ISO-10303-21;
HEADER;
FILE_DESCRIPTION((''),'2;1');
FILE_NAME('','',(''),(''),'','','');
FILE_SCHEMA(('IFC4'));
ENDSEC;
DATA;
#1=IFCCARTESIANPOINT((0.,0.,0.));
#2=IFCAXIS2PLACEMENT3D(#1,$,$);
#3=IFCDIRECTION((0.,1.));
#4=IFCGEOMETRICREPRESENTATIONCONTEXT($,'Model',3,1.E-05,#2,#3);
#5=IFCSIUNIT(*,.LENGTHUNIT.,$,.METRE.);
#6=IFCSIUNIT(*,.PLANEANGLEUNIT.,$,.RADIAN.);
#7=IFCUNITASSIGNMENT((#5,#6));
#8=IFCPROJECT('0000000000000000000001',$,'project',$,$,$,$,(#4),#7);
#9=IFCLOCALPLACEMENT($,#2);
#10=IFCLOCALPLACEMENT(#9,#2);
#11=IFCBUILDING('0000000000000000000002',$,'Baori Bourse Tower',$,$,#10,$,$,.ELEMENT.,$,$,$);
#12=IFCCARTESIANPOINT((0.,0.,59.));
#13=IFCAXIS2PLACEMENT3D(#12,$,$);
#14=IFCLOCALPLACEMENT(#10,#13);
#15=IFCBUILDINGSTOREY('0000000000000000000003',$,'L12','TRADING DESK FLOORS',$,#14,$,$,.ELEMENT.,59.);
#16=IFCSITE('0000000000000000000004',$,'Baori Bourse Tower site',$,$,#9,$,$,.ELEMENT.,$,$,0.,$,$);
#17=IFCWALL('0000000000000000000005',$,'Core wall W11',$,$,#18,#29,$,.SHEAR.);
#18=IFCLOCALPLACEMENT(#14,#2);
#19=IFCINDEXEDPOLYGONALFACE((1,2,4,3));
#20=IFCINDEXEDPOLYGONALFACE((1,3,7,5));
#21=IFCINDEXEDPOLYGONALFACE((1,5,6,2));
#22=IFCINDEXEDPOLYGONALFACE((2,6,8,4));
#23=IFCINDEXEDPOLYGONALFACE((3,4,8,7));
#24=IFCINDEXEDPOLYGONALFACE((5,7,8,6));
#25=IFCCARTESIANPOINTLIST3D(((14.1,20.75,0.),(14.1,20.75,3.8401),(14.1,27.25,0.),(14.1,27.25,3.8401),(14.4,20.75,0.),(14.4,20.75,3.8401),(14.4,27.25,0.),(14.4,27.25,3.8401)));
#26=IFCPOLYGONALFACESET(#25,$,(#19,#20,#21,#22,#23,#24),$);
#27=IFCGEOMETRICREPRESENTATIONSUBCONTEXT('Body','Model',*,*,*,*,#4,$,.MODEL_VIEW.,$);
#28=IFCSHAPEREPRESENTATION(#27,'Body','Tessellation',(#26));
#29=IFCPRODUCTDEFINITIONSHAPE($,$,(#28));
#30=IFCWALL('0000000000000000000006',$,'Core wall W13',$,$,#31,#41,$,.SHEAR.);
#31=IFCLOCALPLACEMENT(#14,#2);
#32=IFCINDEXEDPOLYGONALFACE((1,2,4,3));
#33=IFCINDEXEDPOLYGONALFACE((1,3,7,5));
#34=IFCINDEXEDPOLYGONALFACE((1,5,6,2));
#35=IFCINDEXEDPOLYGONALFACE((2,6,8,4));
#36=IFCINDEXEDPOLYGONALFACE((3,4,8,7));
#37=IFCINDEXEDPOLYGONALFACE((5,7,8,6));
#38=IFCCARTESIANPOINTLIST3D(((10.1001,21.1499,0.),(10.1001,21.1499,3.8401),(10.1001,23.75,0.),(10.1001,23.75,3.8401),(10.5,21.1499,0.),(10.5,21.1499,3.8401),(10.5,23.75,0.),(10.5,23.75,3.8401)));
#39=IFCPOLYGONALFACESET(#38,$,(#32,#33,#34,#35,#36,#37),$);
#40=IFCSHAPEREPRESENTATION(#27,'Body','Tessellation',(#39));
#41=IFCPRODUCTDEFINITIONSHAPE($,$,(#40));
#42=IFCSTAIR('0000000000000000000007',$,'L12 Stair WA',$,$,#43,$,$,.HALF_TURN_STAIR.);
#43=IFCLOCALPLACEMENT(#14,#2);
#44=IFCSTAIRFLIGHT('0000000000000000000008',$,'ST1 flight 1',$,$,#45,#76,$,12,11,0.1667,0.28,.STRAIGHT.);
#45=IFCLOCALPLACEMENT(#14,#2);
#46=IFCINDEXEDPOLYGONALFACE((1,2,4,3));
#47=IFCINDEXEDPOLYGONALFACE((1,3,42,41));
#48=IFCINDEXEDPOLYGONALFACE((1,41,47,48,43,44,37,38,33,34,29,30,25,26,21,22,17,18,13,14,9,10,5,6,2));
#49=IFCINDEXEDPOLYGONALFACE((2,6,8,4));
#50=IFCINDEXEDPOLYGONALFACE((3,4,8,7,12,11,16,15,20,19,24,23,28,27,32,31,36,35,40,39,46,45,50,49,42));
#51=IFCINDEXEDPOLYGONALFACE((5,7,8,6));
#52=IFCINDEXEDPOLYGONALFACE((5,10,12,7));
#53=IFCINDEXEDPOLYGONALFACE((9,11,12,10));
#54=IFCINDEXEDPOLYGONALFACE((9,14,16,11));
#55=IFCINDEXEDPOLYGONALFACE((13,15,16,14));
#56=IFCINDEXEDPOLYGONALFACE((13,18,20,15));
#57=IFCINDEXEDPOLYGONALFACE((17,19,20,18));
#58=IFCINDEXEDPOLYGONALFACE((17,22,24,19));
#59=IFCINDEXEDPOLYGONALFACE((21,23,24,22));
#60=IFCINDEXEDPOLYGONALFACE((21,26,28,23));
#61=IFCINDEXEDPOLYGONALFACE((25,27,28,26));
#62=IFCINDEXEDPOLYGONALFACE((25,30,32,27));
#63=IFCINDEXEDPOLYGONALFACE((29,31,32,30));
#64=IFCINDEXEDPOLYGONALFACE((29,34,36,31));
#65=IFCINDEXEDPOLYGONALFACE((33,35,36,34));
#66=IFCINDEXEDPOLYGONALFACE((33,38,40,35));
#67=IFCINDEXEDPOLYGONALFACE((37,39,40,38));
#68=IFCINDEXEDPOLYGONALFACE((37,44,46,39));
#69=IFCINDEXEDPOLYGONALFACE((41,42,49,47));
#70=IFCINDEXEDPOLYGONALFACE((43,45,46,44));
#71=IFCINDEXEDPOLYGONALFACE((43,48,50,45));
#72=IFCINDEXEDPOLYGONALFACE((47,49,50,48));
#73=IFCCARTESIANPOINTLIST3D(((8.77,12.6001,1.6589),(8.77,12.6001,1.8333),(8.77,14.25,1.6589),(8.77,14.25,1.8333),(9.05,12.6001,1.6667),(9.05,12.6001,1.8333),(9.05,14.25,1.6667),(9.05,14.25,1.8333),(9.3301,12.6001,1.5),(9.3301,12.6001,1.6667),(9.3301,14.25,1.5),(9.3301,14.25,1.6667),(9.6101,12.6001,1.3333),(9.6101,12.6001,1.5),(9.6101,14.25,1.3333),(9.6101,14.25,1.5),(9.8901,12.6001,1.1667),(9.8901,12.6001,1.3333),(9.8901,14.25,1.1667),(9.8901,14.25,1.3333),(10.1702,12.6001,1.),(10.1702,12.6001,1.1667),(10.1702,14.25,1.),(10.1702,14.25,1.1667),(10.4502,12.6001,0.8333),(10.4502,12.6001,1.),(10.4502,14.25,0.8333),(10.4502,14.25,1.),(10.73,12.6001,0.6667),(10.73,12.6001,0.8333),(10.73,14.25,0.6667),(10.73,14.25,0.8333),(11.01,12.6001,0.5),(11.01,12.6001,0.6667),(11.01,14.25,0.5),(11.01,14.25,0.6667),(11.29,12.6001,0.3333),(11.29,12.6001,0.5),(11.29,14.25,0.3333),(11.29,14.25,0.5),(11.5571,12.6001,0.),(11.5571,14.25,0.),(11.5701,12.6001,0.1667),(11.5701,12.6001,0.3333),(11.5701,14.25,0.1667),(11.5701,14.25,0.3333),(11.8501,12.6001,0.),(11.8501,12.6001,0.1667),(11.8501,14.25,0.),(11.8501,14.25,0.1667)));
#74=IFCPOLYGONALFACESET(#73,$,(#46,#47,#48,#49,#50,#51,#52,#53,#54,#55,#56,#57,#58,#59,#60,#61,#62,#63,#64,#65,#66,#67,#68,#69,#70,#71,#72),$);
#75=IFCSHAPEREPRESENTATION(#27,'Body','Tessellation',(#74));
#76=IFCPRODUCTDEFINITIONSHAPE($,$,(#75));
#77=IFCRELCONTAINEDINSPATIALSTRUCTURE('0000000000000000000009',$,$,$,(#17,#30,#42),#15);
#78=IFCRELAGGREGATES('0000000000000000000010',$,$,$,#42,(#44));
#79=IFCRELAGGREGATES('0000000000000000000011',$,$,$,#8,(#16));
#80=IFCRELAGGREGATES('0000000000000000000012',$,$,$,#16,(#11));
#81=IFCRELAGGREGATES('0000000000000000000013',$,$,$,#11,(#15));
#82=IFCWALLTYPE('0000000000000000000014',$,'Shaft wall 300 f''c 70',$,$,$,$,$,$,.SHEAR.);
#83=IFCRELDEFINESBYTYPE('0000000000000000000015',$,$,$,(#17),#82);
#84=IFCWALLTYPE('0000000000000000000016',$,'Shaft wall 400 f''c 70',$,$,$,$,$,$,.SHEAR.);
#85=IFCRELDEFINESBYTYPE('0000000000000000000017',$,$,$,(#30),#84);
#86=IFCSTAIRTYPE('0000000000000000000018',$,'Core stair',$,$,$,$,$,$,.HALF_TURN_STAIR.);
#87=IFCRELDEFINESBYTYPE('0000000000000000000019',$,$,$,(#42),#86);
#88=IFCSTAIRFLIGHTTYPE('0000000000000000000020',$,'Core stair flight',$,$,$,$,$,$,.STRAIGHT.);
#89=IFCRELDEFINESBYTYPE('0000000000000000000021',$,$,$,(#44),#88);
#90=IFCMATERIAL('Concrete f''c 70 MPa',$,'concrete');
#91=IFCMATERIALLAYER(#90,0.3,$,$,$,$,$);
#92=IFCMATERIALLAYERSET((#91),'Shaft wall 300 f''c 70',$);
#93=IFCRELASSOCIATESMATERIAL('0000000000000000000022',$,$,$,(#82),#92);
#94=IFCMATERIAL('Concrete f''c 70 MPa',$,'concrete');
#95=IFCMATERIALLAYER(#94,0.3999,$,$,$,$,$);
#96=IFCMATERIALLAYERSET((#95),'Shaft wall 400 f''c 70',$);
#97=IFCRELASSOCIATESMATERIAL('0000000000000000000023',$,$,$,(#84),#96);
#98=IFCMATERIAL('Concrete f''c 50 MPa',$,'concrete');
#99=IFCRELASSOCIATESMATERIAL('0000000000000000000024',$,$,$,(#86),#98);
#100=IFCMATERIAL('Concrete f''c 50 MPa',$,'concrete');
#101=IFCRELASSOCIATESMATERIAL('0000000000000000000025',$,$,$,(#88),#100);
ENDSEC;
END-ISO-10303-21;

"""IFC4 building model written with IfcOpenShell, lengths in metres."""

from ifc_helpers import new_model, si_unit, direction, frame, frame_2d, origin, place, context, subcontext, project, spatial, polyline, rectangle, outline, extrude, material, layer, layer_set, type_object, element, aggregate, save


model = new_model("IFC4")

# Units and contexts
model_context = context("Model", 3, precision=1e-05, world=origin(), true_north=direction((0.0, 1.0)))
body_context = subcontext(model_context, "Body", "Model", "MODEL_VIEW")
ifc_project = project(units=[si_unit("LENGTHUNIT", "METRE"), si_unit("PLANEANGLEUNIT", "RADIAN")], contexts=[model_context])

# Site, building, storey
site_placement = place(None, origin())
site = spatial("IfcSite", under=ifc_project, at=site_placement, Name="Baori Bourse Tower site", CompositionType="ELEMENT", RefElevation=0.0)
building_placement = place(site_placement, origin())
building = spatial("IfcBuilding", under=site, at=building_placement, Name="Baori Bourse Tower", CompositionType="ELEMENT")
storey_placement = place(building_placement, frame((0.0, 0.0, 59.0)))
storey = spatial("IfcBuildingStorey", under=building, at=storey_placement, Name="L12", Description="TRADING DESK FLOORS", CompositionType="ELEMENT", Elevation=59.0)

# Walls
ifc_material_1 = material(Name="Concrete f'c 70 MPa", Category="concrete")
ifc_layer_1 = layer(ifc_material_1, 0.3)
ifc_layer_set_1 = layer_set([ifc_layer_1], Name="Shaft wall 300 f'c 70")
wall_type_1 = type_object("IfcWallType", Name="Shaft wall 300 f'c 70", PredefinedType="SHEAR", material=ifc_layer_set_1)
wall_1_placement = place(storey_placement, frame((14.25, 20.75, 0.0), z_axis=(0.0, 0.0, 1.0), x_axis=(0.0, 1.0, 0.0)))
element("IfcWall", 1, at=wall_1_placement, inside=storey, type_object=wall_type_1, Name="Core wall W11", PredefinedType="SHEAR", context=body_context, shape_type="SweptSolid", body=[
    extrude(rectangle(XDim=6.5, YDim=0.3, at=frame_2d((3.25, 0.0))), origin(), (0.0, 0.0, 1.0), 3.8401),
])
ifc_material_2 = material(Name="Concrete f'c 70 MPa", Category="concrete")
ifc_layer_2 = layer(ifc_material_2, 0.3999)
ifc_layer_set_2 = layer_set([ifc_layer_2], Name="Shaft wall 400 f'c 70")
wall_type_2 = type_object("IfcWallType", Name="Shaft wall 400 f'c 70", PredefinedType="SHEAR", material=ifc_layer_set_2)
wall_2_placement = place(storey_placement, frame((10.3, 21.1499, 0.0), z_axis=(0.0, 0.0, 1.0), x_axis=(0.0, 1.0, 0.0)))
element("IfcWall", 2, at=wall_2_placement, inside=storey, type_object=wall_type_2, Name="Core wall W13", PredefinedType="SHEAR", context=body_context, shape_type="SweptSolid", body=[
    extrude(rectangle(XDim=2.6001, YDim=0.3999, at=frame_2d((1.3, 0.0))), origin(), (0.0, 0.0, 1.0), 3.8401),
])

# Stair, stair flight
ifc_material_3 = material(Name="Concrete f'c 50 MPa", Category="concrete")
stair_type = type_object("IfcStairType", Name="Core stair", PredefinedType="HALF_TURN_STAIR", material=ifc_material_3)
stair_placement = place(storey_placement, origin())
stair = element("IfcStair", 3, at=stair_placement, inside=storey, type_object=stair_type, Name="L12 Stair WA", PredefinedType="HALF_TURN_STAIR")
ifc_material_4 = material(Name="Concrete f'c 50 MPa", Category="concrete")
stair_flight_type = type_object("IfcStairFlightType", Name="Core stair flight", PredefinedType="STRAIGHT", material=ifc_material_4)
stair_flight_placement = place(storey_placement, frame((11.8501, 13.425, 0.0), z_axis=(0.0, 0.0, 1.0), x_axis=(-1.0, 0.0, 0.0)))
stair_flight = element("IfcStairFlight", 4, at=stair_flight_placement, type_object=stair_flight_type, Name="ST1 flight 1", NumberOfRisers=12, NumberOfTreads=11, PredefinedType="STRAIGHT", RiserHeight=0.1667, TreadLength=0.28, context=body_context, shape_type="SweptSolid", body=[
    extrude(outline(polyline([(0.0, 0.0), (0.0, 0.1667), (0.28, 0.1667), (0.28, 0.3333), (0.5601, 0.3333), (0.5601, 0.5), (0.8401, 0.5), (0.8401, 0.6667), (1.1201, 0.6667), (1.1201, 0.8333), (1.3999, 0.8333), (1.3999, 1.0), (1.6799, 1.0), (1.6799, 1.1667), (1.96, 1.1667), (1.96, 1.3333), (2.24, 1.3333), (2.24, 1.5), (2.52, 1.5), (2.52, 1.6667), (2.8, 1.6667), (2.8, 1.8333), (3.0801, 1.8333), (3.0801, 2.0), (3.0801, 1.6589), (0.293, 0.0), (0.0, 0.0)])), frame((0.0, 0.825, 0.0), z_axis=(0.0, -1.0, 0.0), x_axis=(1.0, 0.0, 0.0)), (0.0, 0.0, 1.0), 1.6499),
])
aggregate(stair, [stair_flight])

save(model, "model.ifc")
